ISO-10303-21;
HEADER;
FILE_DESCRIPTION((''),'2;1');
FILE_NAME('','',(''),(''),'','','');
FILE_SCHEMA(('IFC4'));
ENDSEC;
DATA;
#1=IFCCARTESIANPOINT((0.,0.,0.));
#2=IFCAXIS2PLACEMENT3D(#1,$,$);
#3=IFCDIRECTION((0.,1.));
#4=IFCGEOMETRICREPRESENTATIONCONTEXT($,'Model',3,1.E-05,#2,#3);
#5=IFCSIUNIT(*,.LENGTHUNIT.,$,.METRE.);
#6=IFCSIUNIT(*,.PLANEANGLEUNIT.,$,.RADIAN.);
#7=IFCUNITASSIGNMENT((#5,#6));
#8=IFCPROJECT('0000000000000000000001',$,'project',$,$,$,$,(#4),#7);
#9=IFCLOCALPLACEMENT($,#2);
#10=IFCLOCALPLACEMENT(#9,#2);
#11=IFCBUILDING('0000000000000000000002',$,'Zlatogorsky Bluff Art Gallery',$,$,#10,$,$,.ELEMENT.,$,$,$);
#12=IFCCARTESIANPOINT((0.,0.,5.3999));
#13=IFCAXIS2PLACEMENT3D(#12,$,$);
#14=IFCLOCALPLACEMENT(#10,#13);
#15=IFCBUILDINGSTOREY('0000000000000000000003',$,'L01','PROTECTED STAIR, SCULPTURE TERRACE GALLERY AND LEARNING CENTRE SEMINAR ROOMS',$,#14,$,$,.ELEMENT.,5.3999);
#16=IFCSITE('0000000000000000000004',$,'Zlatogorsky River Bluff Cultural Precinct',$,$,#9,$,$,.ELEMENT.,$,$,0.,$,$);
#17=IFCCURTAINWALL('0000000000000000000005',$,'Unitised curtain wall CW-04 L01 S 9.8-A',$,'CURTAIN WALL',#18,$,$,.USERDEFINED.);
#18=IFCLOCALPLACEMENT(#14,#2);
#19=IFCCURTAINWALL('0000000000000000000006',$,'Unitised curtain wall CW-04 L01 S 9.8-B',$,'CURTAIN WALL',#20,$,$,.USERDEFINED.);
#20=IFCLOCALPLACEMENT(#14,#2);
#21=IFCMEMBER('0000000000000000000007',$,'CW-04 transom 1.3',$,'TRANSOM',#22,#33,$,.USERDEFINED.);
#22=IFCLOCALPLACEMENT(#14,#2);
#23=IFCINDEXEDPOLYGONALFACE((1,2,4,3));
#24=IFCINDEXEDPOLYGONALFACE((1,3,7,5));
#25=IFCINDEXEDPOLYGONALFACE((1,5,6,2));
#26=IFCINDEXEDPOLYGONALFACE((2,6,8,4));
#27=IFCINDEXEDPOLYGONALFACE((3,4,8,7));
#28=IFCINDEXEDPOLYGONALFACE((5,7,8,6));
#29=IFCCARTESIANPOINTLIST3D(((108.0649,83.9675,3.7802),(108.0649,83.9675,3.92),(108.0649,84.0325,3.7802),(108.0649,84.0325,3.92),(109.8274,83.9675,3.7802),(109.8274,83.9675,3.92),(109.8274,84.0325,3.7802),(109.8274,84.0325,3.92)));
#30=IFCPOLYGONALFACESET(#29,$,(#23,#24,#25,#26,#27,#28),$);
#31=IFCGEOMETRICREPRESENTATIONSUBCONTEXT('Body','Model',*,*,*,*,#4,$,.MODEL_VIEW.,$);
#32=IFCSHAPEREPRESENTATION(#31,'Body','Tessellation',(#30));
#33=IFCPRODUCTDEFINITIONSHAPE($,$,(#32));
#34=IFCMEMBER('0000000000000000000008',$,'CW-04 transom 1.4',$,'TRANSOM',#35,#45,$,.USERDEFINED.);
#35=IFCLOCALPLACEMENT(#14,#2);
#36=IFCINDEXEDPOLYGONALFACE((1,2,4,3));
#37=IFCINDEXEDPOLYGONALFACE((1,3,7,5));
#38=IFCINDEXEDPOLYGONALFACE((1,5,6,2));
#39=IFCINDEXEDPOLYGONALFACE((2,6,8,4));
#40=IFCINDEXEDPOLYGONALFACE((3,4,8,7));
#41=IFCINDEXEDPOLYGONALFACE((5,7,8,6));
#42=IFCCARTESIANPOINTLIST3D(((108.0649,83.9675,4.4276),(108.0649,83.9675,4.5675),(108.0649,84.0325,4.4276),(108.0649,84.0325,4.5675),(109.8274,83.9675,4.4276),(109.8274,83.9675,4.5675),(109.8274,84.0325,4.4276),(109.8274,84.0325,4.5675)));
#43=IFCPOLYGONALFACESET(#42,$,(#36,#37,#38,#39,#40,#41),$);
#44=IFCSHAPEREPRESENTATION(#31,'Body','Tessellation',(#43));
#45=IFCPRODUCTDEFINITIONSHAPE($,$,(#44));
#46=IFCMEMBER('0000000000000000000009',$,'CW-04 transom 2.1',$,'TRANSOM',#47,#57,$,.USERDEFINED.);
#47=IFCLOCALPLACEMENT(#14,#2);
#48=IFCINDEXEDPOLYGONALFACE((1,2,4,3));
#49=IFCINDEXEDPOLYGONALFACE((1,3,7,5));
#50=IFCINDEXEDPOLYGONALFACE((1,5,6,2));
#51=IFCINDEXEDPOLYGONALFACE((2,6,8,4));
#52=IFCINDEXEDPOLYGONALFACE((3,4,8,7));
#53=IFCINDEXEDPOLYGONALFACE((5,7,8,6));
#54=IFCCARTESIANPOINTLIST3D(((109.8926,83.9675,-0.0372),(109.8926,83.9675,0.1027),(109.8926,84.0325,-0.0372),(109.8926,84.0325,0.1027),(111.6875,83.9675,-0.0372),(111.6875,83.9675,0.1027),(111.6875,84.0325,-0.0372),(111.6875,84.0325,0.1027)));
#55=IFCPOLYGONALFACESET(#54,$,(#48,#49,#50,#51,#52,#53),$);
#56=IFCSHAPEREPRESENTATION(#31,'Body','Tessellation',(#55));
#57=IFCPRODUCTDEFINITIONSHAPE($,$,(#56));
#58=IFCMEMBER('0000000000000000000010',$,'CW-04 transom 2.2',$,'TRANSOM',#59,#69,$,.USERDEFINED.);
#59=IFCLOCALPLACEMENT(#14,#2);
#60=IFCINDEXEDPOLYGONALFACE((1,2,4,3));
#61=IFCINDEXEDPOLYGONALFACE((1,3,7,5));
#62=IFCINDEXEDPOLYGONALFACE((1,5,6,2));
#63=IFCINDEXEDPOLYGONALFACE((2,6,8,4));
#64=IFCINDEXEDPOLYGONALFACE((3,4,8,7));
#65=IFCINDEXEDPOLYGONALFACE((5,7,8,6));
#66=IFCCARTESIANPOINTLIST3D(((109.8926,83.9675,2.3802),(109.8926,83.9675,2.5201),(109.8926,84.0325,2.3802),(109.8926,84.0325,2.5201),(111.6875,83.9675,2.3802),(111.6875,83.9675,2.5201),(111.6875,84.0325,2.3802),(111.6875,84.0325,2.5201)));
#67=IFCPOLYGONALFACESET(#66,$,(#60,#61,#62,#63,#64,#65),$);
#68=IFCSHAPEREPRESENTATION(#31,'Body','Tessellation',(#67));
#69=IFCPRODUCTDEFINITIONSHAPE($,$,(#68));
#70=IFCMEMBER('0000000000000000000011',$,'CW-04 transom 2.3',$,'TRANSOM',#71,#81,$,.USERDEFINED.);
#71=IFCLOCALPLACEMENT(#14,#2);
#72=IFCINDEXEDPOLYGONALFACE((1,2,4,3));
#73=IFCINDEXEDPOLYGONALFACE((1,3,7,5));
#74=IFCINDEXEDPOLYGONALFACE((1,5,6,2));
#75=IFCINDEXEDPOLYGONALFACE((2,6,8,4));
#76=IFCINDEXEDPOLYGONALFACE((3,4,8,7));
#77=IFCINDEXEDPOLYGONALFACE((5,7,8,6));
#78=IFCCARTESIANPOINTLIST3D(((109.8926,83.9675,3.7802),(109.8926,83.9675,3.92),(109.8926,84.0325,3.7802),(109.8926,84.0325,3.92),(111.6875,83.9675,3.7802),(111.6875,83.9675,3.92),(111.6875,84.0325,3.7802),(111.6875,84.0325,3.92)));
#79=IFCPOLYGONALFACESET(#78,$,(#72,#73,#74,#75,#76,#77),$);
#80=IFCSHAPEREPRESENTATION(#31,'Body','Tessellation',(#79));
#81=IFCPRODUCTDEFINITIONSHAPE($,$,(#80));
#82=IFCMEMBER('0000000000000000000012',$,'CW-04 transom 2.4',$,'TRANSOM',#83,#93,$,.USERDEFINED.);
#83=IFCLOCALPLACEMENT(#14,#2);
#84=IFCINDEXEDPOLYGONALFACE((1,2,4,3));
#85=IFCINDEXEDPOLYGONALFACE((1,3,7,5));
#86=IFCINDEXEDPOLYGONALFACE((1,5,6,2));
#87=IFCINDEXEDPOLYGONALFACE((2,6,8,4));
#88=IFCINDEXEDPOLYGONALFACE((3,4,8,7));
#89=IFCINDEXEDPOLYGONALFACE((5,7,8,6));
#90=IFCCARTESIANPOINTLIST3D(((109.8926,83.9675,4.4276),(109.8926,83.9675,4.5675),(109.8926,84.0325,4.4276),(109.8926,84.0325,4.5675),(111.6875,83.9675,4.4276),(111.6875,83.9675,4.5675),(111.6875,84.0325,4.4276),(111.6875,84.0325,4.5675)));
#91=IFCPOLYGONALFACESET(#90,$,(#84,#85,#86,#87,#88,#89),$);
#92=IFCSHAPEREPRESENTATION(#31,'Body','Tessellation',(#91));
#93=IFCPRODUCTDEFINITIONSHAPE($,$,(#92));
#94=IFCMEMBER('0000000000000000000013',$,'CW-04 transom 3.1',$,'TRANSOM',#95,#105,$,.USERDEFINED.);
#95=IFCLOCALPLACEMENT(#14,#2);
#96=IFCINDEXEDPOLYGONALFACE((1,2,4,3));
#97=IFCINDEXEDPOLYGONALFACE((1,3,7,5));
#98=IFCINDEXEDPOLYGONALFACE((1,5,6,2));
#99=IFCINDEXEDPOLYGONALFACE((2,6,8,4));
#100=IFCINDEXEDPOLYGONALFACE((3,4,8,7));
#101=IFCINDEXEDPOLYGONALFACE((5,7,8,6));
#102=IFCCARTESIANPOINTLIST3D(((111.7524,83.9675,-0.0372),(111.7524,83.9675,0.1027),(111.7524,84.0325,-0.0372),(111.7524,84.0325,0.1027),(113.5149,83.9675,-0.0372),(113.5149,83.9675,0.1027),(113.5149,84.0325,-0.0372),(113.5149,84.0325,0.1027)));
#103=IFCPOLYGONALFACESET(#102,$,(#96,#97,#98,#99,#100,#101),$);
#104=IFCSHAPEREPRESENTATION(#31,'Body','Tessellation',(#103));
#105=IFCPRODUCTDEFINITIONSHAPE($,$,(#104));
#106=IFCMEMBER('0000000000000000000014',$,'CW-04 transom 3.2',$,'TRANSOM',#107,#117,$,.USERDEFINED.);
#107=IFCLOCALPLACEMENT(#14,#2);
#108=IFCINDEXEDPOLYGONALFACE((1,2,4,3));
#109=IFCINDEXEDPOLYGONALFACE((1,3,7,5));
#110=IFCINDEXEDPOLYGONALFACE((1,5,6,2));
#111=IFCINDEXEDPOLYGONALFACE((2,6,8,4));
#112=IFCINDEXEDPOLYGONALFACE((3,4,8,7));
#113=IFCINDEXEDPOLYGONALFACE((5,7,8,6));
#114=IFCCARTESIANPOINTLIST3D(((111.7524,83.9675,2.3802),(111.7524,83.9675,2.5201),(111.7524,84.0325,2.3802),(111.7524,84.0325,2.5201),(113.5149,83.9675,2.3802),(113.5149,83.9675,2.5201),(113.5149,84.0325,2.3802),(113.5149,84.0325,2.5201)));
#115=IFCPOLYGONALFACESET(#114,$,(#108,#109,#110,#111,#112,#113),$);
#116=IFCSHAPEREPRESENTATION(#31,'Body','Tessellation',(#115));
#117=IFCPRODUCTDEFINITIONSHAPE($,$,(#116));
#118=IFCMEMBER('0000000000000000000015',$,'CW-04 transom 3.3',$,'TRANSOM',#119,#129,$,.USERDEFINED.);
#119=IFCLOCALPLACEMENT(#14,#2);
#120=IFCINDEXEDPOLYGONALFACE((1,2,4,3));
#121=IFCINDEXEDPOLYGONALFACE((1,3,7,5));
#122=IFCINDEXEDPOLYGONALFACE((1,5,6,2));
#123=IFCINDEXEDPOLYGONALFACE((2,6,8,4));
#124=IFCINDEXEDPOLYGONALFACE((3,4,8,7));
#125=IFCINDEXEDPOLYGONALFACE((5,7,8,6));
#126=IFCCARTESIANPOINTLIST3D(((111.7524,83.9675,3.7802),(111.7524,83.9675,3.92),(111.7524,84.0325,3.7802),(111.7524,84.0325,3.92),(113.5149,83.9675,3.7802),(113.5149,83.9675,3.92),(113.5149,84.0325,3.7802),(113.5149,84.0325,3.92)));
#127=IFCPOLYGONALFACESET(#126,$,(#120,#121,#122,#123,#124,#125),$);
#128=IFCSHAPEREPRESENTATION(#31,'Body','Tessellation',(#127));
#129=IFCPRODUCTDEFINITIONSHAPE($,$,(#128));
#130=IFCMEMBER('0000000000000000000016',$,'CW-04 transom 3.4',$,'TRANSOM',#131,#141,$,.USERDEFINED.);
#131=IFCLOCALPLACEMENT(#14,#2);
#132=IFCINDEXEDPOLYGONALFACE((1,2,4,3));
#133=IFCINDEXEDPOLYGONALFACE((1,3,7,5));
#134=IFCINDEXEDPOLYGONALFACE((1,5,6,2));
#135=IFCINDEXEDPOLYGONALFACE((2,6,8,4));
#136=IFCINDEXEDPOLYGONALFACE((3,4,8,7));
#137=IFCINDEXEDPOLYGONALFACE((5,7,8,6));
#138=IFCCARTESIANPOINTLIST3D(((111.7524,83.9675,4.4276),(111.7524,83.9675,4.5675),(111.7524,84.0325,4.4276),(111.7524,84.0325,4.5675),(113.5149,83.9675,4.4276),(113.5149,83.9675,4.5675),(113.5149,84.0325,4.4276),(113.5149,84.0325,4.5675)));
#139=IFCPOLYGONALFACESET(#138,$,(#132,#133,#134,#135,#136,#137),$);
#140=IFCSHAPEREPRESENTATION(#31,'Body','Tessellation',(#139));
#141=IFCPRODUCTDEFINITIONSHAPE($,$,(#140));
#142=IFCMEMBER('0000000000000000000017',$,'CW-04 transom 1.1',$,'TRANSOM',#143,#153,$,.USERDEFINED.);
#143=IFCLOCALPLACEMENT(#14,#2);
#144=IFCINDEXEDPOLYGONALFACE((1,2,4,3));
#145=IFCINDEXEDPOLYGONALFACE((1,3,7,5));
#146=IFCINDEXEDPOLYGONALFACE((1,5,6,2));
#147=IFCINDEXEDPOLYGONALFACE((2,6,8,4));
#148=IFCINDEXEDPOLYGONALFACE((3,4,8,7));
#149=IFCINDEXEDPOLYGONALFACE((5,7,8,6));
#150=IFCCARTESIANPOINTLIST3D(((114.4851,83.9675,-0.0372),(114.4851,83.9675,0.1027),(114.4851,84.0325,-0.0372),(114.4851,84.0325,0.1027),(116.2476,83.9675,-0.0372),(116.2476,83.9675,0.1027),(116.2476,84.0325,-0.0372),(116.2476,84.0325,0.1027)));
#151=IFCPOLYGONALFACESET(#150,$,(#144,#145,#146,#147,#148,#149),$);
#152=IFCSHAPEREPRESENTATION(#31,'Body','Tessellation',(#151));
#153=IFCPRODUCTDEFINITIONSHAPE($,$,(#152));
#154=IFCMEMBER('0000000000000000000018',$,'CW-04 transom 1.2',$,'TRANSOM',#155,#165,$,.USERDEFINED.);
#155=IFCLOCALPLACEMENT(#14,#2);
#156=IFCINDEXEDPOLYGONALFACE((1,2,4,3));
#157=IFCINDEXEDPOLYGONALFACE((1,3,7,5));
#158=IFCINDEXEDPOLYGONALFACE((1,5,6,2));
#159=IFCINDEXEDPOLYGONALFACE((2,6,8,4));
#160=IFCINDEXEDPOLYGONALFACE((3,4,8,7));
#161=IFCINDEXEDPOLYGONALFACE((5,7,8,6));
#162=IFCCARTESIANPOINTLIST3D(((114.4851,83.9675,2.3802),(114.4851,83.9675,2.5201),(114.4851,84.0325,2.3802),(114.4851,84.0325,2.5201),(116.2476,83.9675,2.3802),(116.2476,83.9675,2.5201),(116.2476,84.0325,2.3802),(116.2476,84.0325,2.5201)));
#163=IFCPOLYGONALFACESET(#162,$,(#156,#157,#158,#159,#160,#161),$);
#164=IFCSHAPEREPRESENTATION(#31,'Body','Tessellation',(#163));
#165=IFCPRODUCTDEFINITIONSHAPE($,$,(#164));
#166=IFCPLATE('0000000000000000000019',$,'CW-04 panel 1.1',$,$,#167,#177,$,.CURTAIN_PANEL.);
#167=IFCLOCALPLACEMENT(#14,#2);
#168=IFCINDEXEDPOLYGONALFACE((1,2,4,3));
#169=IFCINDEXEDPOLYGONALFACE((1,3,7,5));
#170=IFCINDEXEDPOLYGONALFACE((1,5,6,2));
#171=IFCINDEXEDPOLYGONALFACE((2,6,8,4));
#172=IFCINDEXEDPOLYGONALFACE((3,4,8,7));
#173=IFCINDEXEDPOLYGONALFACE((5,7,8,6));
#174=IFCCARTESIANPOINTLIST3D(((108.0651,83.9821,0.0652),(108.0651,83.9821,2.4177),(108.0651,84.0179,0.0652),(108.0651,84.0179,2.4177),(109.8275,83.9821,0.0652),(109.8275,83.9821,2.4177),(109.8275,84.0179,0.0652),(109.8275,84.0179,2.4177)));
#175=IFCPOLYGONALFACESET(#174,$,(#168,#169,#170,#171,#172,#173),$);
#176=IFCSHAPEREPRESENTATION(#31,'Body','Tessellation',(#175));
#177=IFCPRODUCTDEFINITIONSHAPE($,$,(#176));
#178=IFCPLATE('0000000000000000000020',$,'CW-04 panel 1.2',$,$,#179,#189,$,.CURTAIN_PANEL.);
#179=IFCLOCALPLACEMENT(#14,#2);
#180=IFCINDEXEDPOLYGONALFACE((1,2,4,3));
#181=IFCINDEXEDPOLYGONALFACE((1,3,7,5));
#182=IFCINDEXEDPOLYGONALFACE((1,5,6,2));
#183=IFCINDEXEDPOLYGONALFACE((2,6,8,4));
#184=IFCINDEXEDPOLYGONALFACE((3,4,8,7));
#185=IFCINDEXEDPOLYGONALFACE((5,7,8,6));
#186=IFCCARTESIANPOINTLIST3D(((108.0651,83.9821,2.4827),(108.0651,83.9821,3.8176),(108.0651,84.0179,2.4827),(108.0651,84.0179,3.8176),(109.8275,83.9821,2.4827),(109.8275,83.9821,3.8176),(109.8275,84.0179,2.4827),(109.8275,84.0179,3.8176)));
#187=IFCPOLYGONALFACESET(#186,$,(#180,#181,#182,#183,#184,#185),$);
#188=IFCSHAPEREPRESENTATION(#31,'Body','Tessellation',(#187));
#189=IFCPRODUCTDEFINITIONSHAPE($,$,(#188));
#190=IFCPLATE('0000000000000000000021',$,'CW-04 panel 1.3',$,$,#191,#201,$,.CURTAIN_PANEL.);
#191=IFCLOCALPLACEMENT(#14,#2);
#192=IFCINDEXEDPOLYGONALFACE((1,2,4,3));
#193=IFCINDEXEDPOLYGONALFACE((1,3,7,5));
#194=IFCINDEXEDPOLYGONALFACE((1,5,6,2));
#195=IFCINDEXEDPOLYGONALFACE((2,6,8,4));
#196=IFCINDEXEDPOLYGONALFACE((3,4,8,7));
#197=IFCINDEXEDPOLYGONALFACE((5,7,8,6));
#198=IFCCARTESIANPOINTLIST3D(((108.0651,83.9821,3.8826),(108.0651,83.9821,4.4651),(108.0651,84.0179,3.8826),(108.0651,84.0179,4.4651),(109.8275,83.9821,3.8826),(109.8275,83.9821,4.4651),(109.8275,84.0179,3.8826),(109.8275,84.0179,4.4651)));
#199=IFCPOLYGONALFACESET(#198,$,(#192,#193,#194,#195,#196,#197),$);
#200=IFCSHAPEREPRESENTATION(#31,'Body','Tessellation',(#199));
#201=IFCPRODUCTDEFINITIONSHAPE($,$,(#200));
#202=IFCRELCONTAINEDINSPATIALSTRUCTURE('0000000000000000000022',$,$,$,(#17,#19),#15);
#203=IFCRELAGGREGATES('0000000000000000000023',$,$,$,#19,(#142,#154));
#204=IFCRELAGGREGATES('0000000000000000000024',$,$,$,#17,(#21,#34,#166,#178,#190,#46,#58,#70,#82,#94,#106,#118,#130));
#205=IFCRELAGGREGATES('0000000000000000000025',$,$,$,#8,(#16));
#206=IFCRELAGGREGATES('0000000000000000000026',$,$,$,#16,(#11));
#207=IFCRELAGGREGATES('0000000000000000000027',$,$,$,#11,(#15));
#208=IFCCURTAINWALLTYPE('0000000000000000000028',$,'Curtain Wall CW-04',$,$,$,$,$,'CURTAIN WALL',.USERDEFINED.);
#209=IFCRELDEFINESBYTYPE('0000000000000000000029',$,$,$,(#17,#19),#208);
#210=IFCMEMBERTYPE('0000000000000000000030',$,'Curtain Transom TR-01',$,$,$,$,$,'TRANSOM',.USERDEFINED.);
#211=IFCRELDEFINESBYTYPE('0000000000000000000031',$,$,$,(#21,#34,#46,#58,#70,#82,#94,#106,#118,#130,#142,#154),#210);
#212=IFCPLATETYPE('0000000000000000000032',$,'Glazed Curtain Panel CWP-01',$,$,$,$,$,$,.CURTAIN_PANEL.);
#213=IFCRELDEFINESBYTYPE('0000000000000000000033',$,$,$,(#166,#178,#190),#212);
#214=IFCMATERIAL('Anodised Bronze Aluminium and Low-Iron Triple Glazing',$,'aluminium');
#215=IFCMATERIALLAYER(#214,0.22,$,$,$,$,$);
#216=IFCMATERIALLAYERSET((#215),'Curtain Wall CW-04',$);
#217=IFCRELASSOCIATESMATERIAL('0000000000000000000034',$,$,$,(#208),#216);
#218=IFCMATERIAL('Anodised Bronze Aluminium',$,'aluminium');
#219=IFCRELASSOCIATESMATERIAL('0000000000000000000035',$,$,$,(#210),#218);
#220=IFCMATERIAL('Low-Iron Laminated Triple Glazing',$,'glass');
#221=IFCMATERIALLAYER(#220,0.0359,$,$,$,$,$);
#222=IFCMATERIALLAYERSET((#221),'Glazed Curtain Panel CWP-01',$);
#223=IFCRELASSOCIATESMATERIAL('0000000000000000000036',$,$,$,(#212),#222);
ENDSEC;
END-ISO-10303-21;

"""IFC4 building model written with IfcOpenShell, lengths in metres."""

from ifc_helpers import new_model, si_unit, direction, frame, origin, origin_2d, place, context, subcontext, project, spatial, rectangle, extrude, material, layer, layer_set, material_profile, profile_set, type_object, element, aggregate, save


model = new_model("IFC4")

# Units and contexts
model_context = context("Model", 3, precision=1e-05, world=origin(), true_north=direction((0.0, 1.0)))
body_context = subcontext(model_context, "Body", "Model", "MODEL_VIEW")
ifc_project = project(units=[si_unit("LENGTHUNIT", "METRE"), si_unit("PLANEANGLEUNIT", "RADIAN")], contexts=[model_context])

# Site, building, storey
site_placement = place(None, origin())
site = spatial("IfcSite", under=ifc_project, at=site_placement, Name="Zlatogorsky River Bluff Cultural Precinct", CompositionType="ELEMENT", RefElevation=0.0)
building_placement = place(site_placement, origin())
building = spatial("IfcBuilding", under=site, at=building_placement, Name="Zlatogorsky Bluff Art Gallery", CompositionType="ELEMENT")
storey_placement = place(building_placement, frame((0.0, 0.0, 5.3999)))
storey = spatial("IfcBuildingStorey", under=building, at=storey_placement, Name="L01", Description="PROTECTED STAIR, SCULPTURE TERRACE GALLERY AND LEARNING CENTRE SEMINAR ROOMS", CompositionType="ELEMENT", Elevation=5.3999)

# Curtain wall
ifc_material_1 = material(Name="Anodised Bronze Aluminium and Low-Iron Triple Glazing", Category="aluminium")
ifc_layer_1 = layer(ifc_material_1, 0.22)
ifc_layer_set_1 = layer_set([ifc_layer_1], Name="Curtain Wall CW-04")
curtain_wall_type = type_object("IfcCurtainWallType", Name="Curtain Wall CW-04", ElementType="CURTAIN WALL", PredefinedType="USERDEFINED", material=ifc_layer_set_1)
curtain_wall_1_placement = place(storey_placement, origin())
curtain_wall_1 = element("IfcCurtainWall", 1, at=curtain_wall_1_placement, inside=storey, type_object=curtain_wall_type, Name="Unitised curtain wall CW-04 L01 S 9.8-A", ObjectType="CURTAIN WALL", PredefinedType="USERDEFINED")
ifc_material_2 = material(Name="Anodised Bronze Aluminium", Category="aluminium")

# Curtain wall
curtain_wall_2_placement = place(storey_placement, origin())
curtain_wall_2 = element("IfcCurtainWall", 2, at=curtain_wall_2_placement, inside=storey, type_object=curtain_wall_type, Name="Unitised curtain wall CW-04 L01 S 9.8-B", ObjectType="CURTAIN WALL", PredefinedType="USERDEFINED")

# Members
ifc_material_profile_1 = material_profile(ifc_material_2, rectangle(XDim=0.0649, YDim=0.1399, at=origin_2d()), Name="ALU TRANSOM 65x140")
ifc_profile_set_1 = profile_set([ifc_material_profile_1], Name="Anodised Bronze Aluminium")
member_type_1 = type_object("IfcMemberType", Name="Curtain Transom TR-01", ElementType="TRANSOM", PredefinedType="USERDEFINED", material=ifc_profile_set_1)
member_1_placement = place(storey_placement, frame((108.0649, 84.0, 3.8501), z_axis=(1.0, 0.0, 0.0), x_axis=(0.0, 1.0, 0.0)))
member_1 = element("IfcMember", 3, at=member_1_placement, type_object=member_type_1, Name="CW-04 transom 1.3", ObjectType="TRANSOM", PredefinedType="USERDEFINED", context=body_context, shape_type="SweptSolid", body=[
    extrude(rectangle(XDim=0.0649, YDim=0.1399, at=origin_2d()), origin(), (0.0, 0.0, 1.0), 1.7625),
])
member_2_placement = place(storey_placement, frame((108.0649, 84.0, 4.4976), z_axis=(1.0, 0.0, 0.0), x_axis=(0.0, 1.0, 0.0)))
member_2 = element("IfcMember", 4, at=member_2_placement, type_object=member_type_1, Name="CW-04 transom 1.4", ObjectType="TRANSOM", PredefinedType="USERDEFINED", context=body_context, shape_type="SweptSolid", body=[
    extrude(rectangle(XDim=0.0649, YDim=0.1399, at=origin_2d()), origin(), (0.0, 0.0, 1.0), 1.7625),
])
member_3_placement = place(storey_placement, frame((109.8926, 84.0, 0.0327), z_axis=(1.0, 0.0, 0.0), x_axis=(0.0, 1.0, 0.0)))
member_3 = element("IfcMember", 5, at=member_3_placement, type_object=member_type_1, Name="CW-04 transom 2.1", ObjectType="TRANSOM", PredefinedType="USERDEFINED", context=body_context, shape_type="SweptSolid", body=[
    extrude(rectangle(XDim=0.0649, YDim=0.1399, at=origin_2d()), origin(), (0.0, 0.0, 1.0), 1.7949),
])
member_4_placement = place(storey_placement, frame((109.8926, 84.0, 2.4502), z_axis=(1.0, 0.0, 0.0), x_axis=(0.0, 1.0, 0.0)))
member_4 = element("IfcMember", 6, at=member_4_placement, type_object=member_type_1, Name="CW-04 transom 2.2", ObjectType="TRANSOM", PredefinedType="USERDEFINED", context=body_context, shape_type="SweptSolid", body=[
    extrude(rectangle(XDim=0.0649, YDim=0.1399, at=origin_2d()), origin(), (0.0, 0.0, 1.0), 1.7949),
])
member_5_placement = place(storey_placement, frame((109.8926, 84.0, 3.8501), z_axis=(1.0, 0.0, 0.0), x_axis=(0.0, 1.0, 0.0)))
member_5 = element("IfcMember", 7, at=member_5_placement, type_object=member_type_1, Name="CW-04 transom 2.3", ObjectType="TRANSOM", PredefinedType="USERDEFINED", context=body_context, shape_type="SweptSolid", body=[
    extrude(rectangle(XDim=0.0649, YDim=0.1399, at=origin_2d()), origin(), (0.0, 0.0, 1.0), 1.7949),
])
member_6_placement = place(storey_placement, frame((109.8926, 84.0, 4.4976), z_axis=(1.0, 0.0, 0.0), x_axis=(0.0, 1.0, 0.0)))
member_6 = element("IfcMember", 8, at=member_6_placement, type_object=member_type_1, Name="CW-04 transom 2.4", ObjectType="TRANSOM", PredefinedType="USERDEFINED", context=body_context, shape_type="SweptSolid", body=[
    extrude(rectangle(XDim=0.0649, YDim=0.1399, at=origin_2d()), origin(), (0.0, 0.0, 1.0), 1.7949),
])
member_7_placement = place(storey_placement, frame((111.7524, 84.0, 0.0327), z_axis=(1.0, 0.0, 0.0), x_axis=(0.0, 1.0, 0.0)))
member_7 = element("IfcMember", 9, at=member_7_placement, type_object=member_type_1, Name="CW-04 transom 3.1", ObjectType="TRANSOM", PredefinedType="USERDEFINED", context=body_context, shape_type="SweptSolid", body=[
    extrude(rectangle(XDim=0.0649, YDim=0.1399, at=origin_2d()), origin(), (0.0, 0.0, 1.0), 1.7625),
])
member_8_placement = place(storey_placement, frame((111.7524, 84.0, 2.4502), z_axis=(1.0, 0.0, 0.0), x_axis=(0.0, 1.0, 0.0)))
member_8 = element("IfcMember", 10, at=member_8_placement, type_object=member_type_1, Name="CW-04 transom 3.2", ObjectType="TRANSOM", PredefinedType="USERDEFINED", context=body_context, shape_type="SweptSolid", body=[
    extrude(rectangle(XDim=0.0649, YDim=0.1399, at=origin_2d()), origin(), (0.0, 0.0, 1.0), 1.7625),
])
member_9_placement = place(storey_placement, frame((111.7524, 84.0, 3.8501), z_axis=(1.0, 0.0, 0.0), x_axis=(0.0, 1.0, 0.0)))
member_9 = element("IfcMember", 11, at=member_9_placement, type_object=member_type_1, Name="CW-04 transom 3.3", ObjectType="TRANSOM", PredefinedType="USERDEFINED", context=body_context, shape_type="SweptSolid", body=[
    extrude(rectangle(XDim=0.0649, YDim=0.1399, at=origin_2d()), origin(), (0.0, 0.0, 1.0), 1.7625),
])
member_10_placement = place(storey_placement, frame((111.7524, 84.0, 4.4976), z_axis=(1.0, 0.0, 0.0), x_axis=(0.0, 1.0, 0.0)))
member_10 = element("IfcMember", 12, at=member_10_placement, type_object=member_type_1, Name="CW-04 transom 3.4", ObjectType="TRANSOM", PredefinedType="USERDEFINED", context=body_context, shape_type="SweptSolid", body=[
    extrude(rectangle(XDim=0.0649, YDim=0.1399, at=origin_2d()), origin(), (0.0, 0.0, 1.0), 1.7625),
])
member_11_placement = place(storey_placement, frame((114.4851, 84.0, 0.0327), z_axis=(1.0, 0.0, 0.0), x_axis=(0.0, 1.0, 0.0)))
member_11 = element("IfcMember", 13, at=member_11_placement, type_object=member_type_1, Name="CW-04 transom 1.1", ObjectType="TRANSOM", PredefinedType="USERDEFINED", context=body_context, shape_type="SweptSolid", body=[
    extrude(rectangle(XDim=0.0649, YDim=0.1399, at=origin_2d()), origin(), (0.0, 0.0, 1.0), 1.7625),
])
member_12_placement = place(storey_placement, frame((114.4851, 84.0, 2.4502), z_axis=(1.0, 0.0, 0.0), x_axis=(0.0, 1.0, 0.0)))
member_12 = element("IfcMember", 14, at=member_12_placement, type_object=member_type_1, Name="CW-04 transom 1.2", ObjectType="TRANSOM", PredefinedType="USERDEFINED", context=body_context, shape_type="SweptSolid", body=[
    extrude(rectangle(XDim=0.0649, YDim=0.1399, at=origin_2d()), origin(), (0.0, 0.0, 1.0), 1.7625),
])
aggregate(curtain_wall_2, [member_11, member_12])

# Plates
ifc_material_3 = material(Name="Low-Iron Laminated Triple Glazing", Category="glass")
ifc_layer_2 = layer(ifc_material_3, 0.0359)
ifc_layer_set_2 = layer_set([ifc_layer_2], Name="Glazed Curtain Panel CWP-01")
plate_type = type_object("IfcPlateType", Name="Glazed Curtain Panel CWP-01", PredefinedType="CURTAIN_PANEL", material=ifc_layer_set_2)
plate_1_placement = place(storey_placement, frame((108.9463, 84.0, 0.0652), z_axis=(0.0, 0.0, 1.0), x_axis=(1.0, 0.0, 0.0)))
plate_1 = element("IfcPlate", 15, at=plate_1_placement, type_object=plate_type, Name="CW-04 panel 1.1", PredefinedType="CURTAIN_PANEL", context=body_context, shape_type="SweptSolid", body=[
    extrude(rectangle(XDim=1.7625, YDim=0.0359, at=origin_2d()), origin(), (0.0, 0.0, 1.0), 2.3525),
])
plate_2_placement = place(storey_placement, frame((108.9463, 84.0, 2.4827), z_axis=(0.0, 0.0, 1.0), x_axis=(1.0, 0.0, 0.0)))
plate_2 = element("IfcPlate", 16, at=plate_2_placement, type_object=plate_type, Name="CW-04 panel 1.2", PredefinedType="CURTAIN_PANEL", context=body_context, shape_type="SweptSolid", body=[
    extrude(rectangle(XDim=1.7625, YDim=0.0359, at=origin_2d()), origin(), (0.0, 0.0, 1.0), 1.335),
])
plate_3_placement = place(storey_placement, frame((108.9463, 84.0, 3.8826), z_axis=(0.0, 0.0, 1.0), x_axis=(1.0, 0.0, 0.0)))
plate_3 = element("IfcPlate", 17, at=plate_3_placement, type_object=plate_type, Name="CW-04 panel 1.3", PredefinedType="CURTAIN_PANEL", context=body_context, shape_type="SweptSolid", body=[
    extrude(rectangle(XDim=1.7625, YDim=0.0359, at=origin_2d()), origin(), (0.0, 0.0, 1.0), 0.5825),
])
aggregate(curtain_wall_1, [member_1, member_2, plate_1, plate_2, plate_3, member_3, member_4, member_5, member_6, member_7, member_8, member_9, member_10])

save(model, "model.ifc")
